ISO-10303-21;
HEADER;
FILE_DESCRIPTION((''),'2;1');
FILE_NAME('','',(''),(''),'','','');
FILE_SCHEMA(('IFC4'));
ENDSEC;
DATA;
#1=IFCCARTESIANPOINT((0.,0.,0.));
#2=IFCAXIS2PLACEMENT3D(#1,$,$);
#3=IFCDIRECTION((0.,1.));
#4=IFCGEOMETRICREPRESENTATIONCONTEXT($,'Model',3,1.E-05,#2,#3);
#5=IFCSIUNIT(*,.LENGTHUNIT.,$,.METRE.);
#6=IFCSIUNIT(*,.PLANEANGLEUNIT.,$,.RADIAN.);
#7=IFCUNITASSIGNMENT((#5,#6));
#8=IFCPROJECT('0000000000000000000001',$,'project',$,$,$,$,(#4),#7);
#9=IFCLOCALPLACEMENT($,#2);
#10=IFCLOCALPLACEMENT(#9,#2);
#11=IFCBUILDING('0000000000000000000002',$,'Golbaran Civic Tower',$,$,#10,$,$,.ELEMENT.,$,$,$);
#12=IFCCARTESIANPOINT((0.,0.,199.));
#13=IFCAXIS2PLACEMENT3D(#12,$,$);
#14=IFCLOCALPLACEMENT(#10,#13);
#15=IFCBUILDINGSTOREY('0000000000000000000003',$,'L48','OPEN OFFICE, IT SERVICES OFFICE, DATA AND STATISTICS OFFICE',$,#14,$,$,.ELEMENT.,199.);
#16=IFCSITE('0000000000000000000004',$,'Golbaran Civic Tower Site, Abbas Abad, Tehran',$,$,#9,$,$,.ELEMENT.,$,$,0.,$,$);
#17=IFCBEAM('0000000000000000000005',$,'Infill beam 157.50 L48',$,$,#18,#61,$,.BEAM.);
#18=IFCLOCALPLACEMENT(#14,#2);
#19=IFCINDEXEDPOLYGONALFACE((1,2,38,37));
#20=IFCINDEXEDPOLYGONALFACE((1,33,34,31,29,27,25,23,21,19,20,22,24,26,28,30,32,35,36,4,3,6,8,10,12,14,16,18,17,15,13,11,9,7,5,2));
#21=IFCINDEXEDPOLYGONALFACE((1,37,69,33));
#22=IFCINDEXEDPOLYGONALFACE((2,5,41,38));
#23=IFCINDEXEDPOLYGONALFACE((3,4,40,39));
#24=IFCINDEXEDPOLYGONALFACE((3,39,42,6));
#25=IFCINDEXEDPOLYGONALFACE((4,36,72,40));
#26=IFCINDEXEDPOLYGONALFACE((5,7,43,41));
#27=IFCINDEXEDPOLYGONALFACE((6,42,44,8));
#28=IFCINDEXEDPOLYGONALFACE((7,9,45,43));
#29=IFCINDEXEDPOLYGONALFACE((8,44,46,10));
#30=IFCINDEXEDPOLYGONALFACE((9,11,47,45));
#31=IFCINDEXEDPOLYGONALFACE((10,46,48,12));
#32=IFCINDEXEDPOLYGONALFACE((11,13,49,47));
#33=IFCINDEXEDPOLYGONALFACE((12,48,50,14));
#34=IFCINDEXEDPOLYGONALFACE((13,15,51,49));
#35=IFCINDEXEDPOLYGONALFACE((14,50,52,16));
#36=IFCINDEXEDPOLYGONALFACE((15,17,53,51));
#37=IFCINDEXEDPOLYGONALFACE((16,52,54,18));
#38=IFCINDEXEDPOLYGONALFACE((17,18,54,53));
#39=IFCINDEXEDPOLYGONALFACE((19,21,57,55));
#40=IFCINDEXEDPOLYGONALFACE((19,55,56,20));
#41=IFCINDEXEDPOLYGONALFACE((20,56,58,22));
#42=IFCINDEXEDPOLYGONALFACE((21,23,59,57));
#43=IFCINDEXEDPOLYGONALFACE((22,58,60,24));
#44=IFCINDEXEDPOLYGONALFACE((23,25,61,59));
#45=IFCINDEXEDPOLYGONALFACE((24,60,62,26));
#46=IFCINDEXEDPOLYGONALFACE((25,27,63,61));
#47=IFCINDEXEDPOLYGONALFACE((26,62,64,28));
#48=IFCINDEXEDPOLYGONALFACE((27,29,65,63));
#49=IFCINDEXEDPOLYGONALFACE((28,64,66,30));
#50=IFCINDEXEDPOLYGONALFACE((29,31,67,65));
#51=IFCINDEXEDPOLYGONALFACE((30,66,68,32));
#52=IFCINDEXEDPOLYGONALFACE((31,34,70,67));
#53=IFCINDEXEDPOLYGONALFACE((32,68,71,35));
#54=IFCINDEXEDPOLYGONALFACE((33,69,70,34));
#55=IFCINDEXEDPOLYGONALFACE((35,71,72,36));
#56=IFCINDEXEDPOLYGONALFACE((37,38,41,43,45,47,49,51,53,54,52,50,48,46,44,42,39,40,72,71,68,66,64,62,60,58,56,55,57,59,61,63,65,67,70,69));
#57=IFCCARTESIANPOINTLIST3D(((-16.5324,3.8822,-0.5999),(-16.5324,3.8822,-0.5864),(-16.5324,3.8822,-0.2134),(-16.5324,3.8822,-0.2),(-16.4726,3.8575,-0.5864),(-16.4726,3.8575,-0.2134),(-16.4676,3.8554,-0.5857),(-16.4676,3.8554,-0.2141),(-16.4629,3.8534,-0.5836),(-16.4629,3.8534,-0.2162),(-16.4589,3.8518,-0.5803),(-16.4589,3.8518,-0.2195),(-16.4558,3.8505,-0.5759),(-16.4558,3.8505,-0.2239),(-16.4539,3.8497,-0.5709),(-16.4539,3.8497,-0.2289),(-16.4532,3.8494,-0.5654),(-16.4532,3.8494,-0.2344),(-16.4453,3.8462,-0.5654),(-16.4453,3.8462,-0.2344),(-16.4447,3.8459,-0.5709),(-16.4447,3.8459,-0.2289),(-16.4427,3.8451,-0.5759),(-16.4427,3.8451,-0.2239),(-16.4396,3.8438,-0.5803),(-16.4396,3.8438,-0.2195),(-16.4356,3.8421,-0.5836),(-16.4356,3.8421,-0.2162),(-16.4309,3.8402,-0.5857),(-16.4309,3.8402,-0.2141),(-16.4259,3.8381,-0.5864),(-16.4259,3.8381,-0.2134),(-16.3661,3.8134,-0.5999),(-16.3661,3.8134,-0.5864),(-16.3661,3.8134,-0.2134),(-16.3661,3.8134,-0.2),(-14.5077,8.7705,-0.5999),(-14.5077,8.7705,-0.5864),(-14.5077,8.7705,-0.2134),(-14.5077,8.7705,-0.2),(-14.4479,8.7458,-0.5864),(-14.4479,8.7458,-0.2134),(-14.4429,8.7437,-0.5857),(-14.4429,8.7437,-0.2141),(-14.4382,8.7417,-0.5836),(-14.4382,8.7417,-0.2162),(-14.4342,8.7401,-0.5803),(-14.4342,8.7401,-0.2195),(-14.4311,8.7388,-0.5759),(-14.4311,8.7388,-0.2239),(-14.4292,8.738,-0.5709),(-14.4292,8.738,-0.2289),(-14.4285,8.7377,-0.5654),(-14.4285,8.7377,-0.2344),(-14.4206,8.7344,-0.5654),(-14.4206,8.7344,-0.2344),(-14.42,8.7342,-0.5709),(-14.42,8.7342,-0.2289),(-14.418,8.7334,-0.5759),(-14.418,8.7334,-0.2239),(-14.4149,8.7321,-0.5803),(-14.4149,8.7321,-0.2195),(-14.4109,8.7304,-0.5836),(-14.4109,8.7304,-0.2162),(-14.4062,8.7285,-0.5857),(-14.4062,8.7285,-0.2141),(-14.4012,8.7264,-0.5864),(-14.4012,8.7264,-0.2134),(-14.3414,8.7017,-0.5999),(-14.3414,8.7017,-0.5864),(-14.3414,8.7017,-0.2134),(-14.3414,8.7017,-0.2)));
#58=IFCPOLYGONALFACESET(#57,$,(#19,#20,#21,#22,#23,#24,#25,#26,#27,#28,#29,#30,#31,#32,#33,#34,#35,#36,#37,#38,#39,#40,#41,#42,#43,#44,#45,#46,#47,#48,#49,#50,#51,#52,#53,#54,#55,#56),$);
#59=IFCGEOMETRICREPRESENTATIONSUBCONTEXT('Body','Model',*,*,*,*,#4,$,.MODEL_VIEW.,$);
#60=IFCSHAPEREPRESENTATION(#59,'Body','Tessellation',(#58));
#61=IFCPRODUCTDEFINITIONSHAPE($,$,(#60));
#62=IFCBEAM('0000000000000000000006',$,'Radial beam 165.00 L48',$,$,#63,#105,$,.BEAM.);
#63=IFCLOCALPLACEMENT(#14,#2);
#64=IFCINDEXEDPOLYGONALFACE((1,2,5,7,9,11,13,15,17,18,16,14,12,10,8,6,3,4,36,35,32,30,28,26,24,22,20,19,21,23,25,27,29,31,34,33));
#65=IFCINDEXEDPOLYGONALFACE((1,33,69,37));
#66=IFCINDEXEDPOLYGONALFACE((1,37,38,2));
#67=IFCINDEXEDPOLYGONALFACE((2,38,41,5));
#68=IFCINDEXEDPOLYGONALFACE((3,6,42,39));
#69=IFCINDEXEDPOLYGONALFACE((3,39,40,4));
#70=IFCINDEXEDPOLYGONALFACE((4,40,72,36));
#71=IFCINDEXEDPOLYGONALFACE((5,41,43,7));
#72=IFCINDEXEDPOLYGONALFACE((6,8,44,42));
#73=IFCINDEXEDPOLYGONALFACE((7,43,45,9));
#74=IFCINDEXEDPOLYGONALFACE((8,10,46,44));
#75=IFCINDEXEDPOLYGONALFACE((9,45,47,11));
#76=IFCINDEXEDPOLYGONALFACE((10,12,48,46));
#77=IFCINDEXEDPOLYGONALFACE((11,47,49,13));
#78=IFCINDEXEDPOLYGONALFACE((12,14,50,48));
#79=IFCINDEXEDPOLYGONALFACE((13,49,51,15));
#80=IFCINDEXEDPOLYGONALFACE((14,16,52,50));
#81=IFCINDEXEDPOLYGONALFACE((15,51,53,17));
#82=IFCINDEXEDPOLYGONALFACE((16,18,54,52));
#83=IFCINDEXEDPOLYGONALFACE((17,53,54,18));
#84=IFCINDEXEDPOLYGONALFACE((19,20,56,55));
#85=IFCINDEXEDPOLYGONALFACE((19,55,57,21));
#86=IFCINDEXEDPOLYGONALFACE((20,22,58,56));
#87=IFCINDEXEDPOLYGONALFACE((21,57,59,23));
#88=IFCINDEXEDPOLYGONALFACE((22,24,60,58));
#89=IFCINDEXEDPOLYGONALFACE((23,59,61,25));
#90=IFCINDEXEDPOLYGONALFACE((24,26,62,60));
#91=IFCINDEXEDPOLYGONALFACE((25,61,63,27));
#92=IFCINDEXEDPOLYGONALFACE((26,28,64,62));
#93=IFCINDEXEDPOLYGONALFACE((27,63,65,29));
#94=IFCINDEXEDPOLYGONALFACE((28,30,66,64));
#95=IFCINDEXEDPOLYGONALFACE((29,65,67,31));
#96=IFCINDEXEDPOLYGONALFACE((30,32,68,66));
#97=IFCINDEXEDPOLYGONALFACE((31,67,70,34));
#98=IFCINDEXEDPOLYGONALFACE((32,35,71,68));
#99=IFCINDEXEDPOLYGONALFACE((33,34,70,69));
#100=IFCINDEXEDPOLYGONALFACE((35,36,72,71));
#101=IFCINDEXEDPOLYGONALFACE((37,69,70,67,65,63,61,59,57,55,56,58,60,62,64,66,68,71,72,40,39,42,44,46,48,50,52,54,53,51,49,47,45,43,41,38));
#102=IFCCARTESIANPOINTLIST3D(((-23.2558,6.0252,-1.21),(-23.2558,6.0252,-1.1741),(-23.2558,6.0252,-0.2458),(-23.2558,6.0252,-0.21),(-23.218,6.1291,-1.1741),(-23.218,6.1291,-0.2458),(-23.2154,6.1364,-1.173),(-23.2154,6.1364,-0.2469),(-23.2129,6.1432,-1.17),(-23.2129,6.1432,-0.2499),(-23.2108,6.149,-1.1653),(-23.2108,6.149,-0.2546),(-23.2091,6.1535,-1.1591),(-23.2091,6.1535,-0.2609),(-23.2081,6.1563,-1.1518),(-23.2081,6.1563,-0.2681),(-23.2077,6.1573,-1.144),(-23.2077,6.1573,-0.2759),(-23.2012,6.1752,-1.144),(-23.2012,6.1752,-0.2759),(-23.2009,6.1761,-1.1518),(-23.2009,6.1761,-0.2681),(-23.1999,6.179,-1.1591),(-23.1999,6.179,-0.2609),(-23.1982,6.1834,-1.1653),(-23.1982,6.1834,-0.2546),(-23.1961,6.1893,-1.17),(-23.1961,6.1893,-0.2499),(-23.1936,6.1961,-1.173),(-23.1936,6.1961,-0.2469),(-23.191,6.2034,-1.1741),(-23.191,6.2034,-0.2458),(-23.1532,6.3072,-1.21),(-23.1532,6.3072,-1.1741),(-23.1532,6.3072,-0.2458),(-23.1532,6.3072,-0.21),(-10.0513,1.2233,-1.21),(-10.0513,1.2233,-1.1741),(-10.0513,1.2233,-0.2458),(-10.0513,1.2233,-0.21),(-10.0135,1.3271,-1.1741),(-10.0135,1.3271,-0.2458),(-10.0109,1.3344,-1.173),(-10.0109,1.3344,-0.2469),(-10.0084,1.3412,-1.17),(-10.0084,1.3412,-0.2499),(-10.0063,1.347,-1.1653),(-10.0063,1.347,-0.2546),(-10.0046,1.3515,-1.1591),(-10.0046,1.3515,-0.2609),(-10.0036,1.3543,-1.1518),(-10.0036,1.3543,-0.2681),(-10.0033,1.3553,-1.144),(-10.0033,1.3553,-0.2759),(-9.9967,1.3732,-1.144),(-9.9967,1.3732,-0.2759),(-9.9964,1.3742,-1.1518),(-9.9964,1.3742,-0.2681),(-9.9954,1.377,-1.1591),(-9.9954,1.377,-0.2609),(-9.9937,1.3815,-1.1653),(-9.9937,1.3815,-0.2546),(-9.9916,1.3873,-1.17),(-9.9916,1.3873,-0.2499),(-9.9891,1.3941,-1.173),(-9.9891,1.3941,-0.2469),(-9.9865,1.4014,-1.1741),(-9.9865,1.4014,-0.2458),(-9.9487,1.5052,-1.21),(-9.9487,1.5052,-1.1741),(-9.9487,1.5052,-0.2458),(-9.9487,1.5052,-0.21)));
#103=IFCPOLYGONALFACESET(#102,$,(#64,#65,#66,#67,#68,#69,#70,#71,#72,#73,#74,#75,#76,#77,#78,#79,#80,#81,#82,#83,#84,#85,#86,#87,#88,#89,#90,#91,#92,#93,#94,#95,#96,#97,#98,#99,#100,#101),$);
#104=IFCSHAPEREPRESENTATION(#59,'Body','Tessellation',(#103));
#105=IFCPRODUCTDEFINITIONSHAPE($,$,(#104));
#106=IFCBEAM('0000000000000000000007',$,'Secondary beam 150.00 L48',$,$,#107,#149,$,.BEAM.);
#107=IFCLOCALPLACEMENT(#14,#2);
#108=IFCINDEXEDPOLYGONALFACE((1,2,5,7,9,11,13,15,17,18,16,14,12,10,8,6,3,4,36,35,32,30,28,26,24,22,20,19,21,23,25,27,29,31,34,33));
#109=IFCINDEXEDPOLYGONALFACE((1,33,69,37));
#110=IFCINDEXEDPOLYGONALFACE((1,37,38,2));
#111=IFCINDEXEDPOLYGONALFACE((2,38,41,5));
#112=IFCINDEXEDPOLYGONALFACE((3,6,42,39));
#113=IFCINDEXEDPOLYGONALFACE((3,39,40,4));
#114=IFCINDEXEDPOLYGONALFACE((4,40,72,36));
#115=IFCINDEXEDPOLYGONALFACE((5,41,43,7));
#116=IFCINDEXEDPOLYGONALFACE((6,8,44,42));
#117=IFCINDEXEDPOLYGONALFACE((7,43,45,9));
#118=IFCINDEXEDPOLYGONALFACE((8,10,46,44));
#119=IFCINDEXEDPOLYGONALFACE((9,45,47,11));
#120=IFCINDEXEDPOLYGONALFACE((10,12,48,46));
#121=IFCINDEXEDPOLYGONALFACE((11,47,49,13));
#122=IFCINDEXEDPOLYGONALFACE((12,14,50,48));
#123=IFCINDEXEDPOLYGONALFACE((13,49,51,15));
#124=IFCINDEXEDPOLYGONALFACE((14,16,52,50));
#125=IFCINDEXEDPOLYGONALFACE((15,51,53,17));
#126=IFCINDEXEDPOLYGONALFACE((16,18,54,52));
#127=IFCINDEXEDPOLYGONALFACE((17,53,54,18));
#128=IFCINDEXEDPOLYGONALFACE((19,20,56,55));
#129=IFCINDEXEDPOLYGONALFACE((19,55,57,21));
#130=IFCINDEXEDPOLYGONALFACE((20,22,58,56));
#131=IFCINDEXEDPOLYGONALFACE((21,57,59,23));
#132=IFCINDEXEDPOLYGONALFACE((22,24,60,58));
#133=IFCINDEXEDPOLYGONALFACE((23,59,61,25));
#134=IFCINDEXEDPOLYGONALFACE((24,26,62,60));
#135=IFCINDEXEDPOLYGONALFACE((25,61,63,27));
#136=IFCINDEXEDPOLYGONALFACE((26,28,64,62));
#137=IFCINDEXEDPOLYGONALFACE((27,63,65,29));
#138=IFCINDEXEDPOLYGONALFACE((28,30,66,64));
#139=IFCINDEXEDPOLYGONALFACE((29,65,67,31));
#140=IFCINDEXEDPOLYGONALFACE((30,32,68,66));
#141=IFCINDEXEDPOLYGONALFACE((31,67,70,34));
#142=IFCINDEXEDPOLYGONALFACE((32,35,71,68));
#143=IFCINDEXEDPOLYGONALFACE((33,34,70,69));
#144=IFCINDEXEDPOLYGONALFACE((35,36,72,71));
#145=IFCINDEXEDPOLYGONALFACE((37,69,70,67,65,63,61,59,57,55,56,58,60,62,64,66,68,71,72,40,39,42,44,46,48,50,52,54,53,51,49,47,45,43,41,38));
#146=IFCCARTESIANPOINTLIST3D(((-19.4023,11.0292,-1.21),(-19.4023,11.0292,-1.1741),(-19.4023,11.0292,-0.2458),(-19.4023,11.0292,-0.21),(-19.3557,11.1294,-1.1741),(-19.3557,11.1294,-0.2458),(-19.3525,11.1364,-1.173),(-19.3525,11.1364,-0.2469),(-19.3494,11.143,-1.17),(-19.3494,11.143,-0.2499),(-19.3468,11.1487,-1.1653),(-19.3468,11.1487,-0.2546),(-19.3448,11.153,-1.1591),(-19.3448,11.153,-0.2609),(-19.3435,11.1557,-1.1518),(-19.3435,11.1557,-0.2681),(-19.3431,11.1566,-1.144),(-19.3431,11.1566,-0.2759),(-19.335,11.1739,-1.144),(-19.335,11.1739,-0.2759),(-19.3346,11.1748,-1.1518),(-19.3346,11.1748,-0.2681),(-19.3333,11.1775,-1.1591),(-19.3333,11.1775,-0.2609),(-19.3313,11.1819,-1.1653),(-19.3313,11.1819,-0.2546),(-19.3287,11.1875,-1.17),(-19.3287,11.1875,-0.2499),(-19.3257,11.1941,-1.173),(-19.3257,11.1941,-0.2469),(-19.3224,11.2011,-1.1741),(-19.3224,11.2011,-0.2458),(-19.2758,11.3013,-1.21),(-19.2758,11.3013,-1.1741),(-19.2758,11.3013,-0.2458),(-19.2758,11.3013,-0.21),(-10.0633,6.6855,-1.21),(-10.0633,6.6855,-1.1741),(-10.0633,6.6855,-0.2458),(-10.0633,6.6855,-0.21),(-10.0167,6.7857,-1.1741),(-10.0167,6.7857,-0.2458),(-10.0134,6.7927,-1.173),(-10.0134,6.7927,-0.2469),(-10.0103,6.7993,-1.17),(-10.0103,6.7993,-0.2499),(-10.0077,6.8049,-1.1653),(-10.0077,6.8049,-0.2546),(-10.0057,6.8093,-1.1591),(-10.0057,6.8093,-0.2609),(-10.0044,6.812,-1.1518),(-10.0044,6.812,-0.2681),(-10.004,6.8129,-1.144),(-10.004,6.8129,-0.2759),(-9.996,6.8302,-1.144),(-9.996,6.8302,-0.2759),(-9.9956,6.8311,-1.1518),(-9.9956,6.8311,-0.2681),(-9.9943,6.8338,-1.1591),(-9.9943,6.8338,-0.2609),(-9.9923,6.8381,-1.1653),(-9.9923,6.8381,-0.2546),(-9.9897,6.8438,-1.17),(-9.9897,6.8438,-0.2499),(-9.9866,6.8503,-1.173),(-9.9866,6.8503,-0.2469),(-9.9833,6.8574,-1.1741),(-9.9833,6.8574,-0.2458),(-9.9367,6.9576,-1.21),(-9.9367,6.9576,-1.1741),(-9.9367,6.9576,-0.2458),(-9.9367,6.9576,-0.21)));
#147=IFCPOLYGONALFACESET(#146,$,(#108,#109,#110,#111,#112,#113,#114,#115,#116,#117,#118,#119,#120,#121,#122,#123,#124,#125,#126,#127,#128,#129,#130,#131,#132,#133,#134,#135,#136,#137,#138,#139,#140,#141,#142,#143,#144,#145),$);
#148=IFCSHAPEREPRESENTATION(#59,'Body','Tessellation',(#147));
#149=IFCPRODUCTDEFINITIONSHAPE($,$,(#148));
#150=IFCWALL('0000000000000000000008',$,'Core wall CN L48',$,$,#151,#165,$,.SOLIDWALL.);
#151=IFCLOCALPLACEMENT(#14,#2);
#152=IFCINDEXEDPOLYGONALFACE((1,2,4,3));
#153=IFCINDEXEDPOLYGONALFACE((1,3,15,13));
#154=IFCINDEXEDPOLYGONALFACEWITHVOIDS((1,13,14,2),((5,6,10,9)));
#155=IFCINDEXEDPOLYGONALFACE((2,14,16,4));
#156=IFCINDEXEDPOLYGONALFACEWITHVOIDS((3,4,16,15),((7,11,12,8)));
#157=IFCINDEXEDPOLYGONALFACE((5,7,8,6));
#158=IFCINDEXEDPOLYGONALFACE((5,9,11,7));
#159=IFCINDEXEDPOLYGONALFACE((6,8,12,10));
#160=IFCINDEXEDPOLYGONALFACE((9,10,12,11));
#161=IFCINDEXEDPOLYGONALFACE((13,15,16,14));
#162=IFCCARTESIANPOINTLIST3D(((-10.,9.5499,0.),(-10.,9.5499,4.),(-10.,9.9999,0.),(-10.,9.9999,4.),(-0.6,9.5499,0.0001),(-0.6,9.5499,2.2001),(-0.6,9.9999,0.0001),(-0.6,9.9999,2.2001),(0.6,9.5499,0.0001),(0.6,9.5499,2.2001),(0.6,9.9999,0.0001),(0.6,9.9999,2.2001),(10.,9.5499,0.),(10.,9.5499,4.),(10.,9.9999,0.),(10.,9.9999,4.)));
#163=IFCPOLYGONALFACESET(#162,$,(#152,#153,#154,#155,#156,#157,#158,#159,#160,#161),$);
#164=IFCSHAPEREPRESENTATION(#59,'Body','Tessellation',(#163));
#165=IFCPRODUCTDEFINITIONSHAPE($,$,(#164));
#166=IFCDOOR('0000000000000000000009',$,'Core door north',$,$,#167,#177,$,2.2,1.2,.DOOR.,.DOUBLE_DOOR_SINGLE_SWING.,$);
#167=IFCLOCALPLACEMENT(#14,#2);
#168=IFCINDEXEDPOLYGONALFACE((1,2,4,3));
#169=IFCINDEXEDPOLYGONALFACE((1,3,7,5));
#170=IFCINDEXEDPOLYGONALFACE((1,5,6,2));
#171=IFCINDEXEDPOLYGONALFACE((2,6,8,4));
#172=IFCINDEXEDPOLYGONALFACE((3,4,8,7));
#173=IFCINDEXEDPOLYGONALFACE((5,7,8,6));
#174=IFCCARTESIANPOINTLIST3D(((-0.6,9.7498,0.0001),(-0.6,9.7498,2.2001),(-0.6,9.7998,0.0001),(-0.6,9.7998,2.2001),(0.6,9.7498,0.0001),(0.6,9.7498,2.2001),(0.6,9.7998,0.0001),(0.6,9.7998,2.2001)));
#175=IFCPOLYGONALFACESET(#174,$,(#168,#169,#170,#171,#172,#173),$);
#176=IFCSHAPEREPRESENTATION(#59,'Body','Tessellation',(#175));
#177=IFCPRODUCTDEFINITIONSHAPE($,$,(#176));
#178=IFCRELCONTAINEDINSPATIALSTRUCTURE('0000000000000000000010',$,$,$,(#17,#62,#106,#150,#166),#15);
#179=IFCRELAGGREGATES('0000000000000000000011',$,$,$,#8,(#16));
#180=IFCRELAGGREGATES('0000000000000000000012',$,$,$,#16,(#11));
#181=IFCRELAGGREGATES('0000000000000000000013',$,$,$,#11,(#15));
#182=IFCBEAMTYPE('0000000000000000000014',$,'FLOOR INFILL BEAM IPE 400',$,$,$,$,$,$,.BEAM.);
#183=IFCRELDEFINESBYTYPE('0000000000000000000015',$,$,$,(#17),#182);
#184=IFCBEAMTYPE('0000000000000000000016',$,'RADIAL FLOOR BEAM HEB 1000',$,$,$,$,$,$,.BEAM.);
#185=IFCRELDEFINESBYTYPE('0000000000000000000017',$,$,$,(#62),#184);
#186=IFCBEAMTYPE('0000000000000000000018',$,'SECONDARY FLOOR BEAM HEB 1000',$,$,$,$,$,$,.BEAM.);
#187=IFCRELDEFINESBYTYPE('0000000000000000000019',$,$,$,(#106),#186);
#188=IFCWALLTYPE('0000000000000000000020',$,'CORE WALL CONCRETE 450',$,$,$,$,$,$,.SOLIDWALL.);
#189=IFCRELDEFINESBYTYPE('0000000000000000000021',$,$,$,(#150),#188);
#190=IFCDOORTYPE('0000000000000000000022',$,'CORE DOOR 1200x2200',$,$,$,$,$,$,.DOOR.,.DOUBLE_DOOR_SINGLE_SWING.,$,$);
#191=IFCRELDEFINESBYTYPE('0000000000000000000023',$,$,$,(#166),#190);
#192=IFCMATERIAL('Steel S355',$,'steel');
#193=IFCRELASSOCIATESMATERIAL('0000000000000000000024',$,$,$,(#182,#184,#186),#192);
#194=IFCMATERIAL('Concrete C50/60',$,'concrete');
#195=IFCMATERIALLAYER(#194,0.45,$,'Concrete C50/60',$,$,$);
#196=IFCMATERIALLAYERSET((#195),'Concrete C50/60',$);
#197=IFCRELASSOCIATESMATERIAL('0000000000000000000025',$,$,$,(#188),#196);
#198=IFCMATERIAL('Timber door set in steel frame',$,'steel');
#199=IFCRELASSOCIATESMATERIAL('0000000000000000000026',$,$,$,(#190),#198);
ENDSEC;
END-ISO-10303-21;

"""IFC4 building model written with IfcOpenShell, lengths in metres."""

from ifc_helpers import new_model, si_unit, direction, frame, frame_2d, origin, origin_2d, place, context, subcontext, project, spatial, rectangle, i_section, extrude, material, layer, layer_set, material_profile, profile_set, type_object, element, fill, save


model = new_model("IFC4")

# Units and contexts
model_context = context("Model", 3, precision=1e-05, world=origin(), true_north=direction((0.0, 1.0)))
body_context = subcontext(model_context, "Body", "Model", "MODEL_VIEW")
ifc_project = project(units=[si_unit("LENGTHUNIT", "METRE"), si_unit("PLANEANGLEUNIT", "RADIAN")], contexts=[model_context])

# Site, building, storey
site_placement = place(None, origin())
site = spatial("IfcSite", under=ifc_project, at=site_placement, Name="Golbaran Civic Tower Site, Abbas Abad, Tehran", CompositionType="ELEMENT", RefElevation=0.0)
building_placement = place(site_placement, origin())
building = spatial("IfcBuilding", under=site, at=building_placement, Name="Golbaran Civic Tower", CompositionType="ELEMENT")
storey_placement = place(building_placement, frame((0.0, 0.0, 199.0)))
storey = spatial("IfcBuildingStorey", under=building, at=storey_placement, Name="L48", Description="OPEN OFFICE, IT SERVICES OFFICE, DATA AND STATISTICS OFFICE", CompositionType="ELEMENT", Elevation=199.0)

# Beams
ifc_material_1 = material(Name="Steel S355", Category="steel")
ifc_material_profile_1 = material_profile(ifc_material_1, i_section(OverallWidth=0.1799, OverallDepth=0.3999, WebThickness=0.0085, FlangeThickness=0.0134, FilletRadius=0.021, at=origin_2d()), Name="IPE 400")
ifc_profile_set_1 = profile_set([ifc_material_profile_1], Name="Steel S355")
beam_type_1 = type_object("IfcBeamType", Name="FLOOR INFILL BEAM IPE 400", PredefinedType="BEAM", material=ifc_profile_set_1)
beam_1_placement = place(storey_placement, frame((-14.4246, 8.7361, -0.3999), z_axis=(-0.382668, -0.923886, 0.0), x_axis=(0.923886, -0.382668, 0.0)))
element("IfcBeam", 1, at=beam_1_placement, inside=storey, type_object=beam_type_1, Name="Infill beam 157.50 L48", PredefinedType="BEAM", context=body_context, shape_type="SweptSolid", body=[
    extrude(i_section(OverallWidth=0.1799, OverallDepth=0.3999, WebThickness=0.0085, FlangeThickness=0.0134, FilletRadius=0.021, at=origin_2d()), origin(), (0.0, 0.0, 1.0), 5.291),
])
ifc_material_profile_2 = material_profile(ifc_material_1, i_section(OverallWidth=0.3, OverallDepth=1.0, WebThickness=0.019, FlangeThickness=0.0359, FilletRadius=0.03, at=origin_2d()), Name="HEB 1000")
ifc_profile_set_2 = profile_set([ifc_material_profile_2], Name="Steel S355")
beam_type_2 = type_object("IfcBeamType", Name="RADIAL FLOOR BEAM HEB 1000", PredefinedType="BEAM", material=ifc_profile_set_2)
beam_2_placement = place(storey_placement, frame((-10.0, 1.3643, -0.71), z_axis=(-0.939786, 0.341764, 0.0), x_axis=(-0.341764, -0.939786, 0.0)))
element("IfcBeam", 2, at=beam_2_placement, inside=storey, type_object=beam_type_2, Name="Radial beam 165.00 L48", PredefinedType="BEAM", context=body_context, shape_type="SweptSolid", body=[
    extrude(i_section(OverallWidth=0.3, OverallDepth=1.0, WebThickness=0.019, FlangeThickness=0.0359, FilletRadius=0.03, at=origin_2d()), origin(), (0.0, 0.0, 1.0), 14.0505),
])
ifc_material_profile_3 = material_profile(ifc_material_1, i_section(OverallWidth=0.3, OverallDepth=1.0, WebThickness=0.019, FlangeThickness=0.0359, FilletRadius=0.03, at=origin_2d()), Name="HEB 1000")
ifc_profile_set_3 = profile_set([ifc_material_profile_3], Name="Steel S355")
beam_type_3 = type_object("IfcBeamType", Name="SECONDARY FLOOR BEAM HEB 1000", PredefinedType="BEAM", material=ifc_profile_set_3)
beam_3_placement = place(storey_placement, frame((-10.0, 6.8215, -0.71), z_axis=(-0.906722, 0.421729, 0.0), x_axis=(-0.421729, -0.906722, 0.0)))
element("IfcBeam", 3, at=beam_3_placement, inside=storey, type_object=beam_type_3, Name="Secondary beam 150.00 L48", PredefinedType="BEAM", context=body_context, shape_type="SweptSolid", body=[
    extrude(i_section(OverallWidth=0.3, OverallDepth=1.0, WebThickness=0.019, FlangeThickness=0.0359, FilletRadius=0.03, at=origin_2d()), origin(), (0.0, 0.0, 1.0), 10.2998),
])

# Wall, opening, door
ifc_material_2 = material(Name="Concrete C50/60", Category="concrete")
ifc_layer_1 = layer(ifc_material_2, 0.45, Name="Concrete C50/60")
ifc_layer_set_1 = layer_set([ifc_layer_1], Name="Concrete C50/60")
wall_type_1 = type_object("IfcWallType", Name="CORE WALL CONCRETE 450", PredefinedType="SOLIDWALL", material=ifc_layer_set_1)
wall_1_placement = place(storey_placement, frame((-10.0, 9.7749, 0.0), z_axis=(0.0, 0.0, 1.0), x_axis=(1.0, 0.0, 0.0)))
wall_1 = element("IfcWall", 4, at=wall_1_placement, inside=storey, type_object=wall_type_1, Name="Core wall CN L48", PredefinedType="SOLIDWALL", context=body_context, shape_type="SweptSolid", body=[
    extrude(rectangle(XDim=20.0, YDim=0.45, at=frame_2d((10.0, 0.0))), origin(), (0.0, 0.0, 1.0), 4.0),
])
opening_1_placement = place(wall_1_placement, frame((9.3999, 0.0, 0.0)))
opening_1 = element("IfcOpeningElement", 5, at=opening_1_placement, cuts=wall_1, PredefinedType="OPENING", context=body_context, shape_type="SweptSolid", body=[
    extrude(rectangle(XDim=1.2, YDim=2.2, at=frame_2d((0.6001, 1.1001))), frame((0.0, 0.2349, 0.0), z_axis=(0.0, -1.0, 0.0), x_axis=(1.0, 0.0, 0.0)), (0.0, 0.0, 1.0), 0.47),
])
ifc_material_3 = material(Name="Timber door set in steel frame", Category="steel")
door_type_1 = type_object("IfcDoorType", Name="CORE DOOR 1200x2200", OperationType="DOUBLE_DOOR_SINGLE_SWING", PredefinedType="DOOR", material=ifc_material_3)
door_1_placement = place(opening_1_placement, origin())
door_1 = element("IfcDoor", 6, at=door_1_placement, inside=storey, type_object=door_type_1, Name="Core door north", OperationType="DOUBLE_DOOR_SINGLE_SWING", OverallHeight=2.2, OverallWidth=1.2, PredefinedType="DOOR", context=body_context, shape_type="SweptSolid", body=[
    extrude(rectangle(XDim=1.2, YDim=2.2, at=frame_2d((0.6001, 1.1001))), frame((0.0, 0.0249, 0.0), z_axis=(0.0, -1.0, 0.0), x_axis=(1.0, 0.0, 0.0)), (0.0, 0.0, 1.0), 0.05),
])
fill(opening_1, door_1)

save(model, "model.ifc")
